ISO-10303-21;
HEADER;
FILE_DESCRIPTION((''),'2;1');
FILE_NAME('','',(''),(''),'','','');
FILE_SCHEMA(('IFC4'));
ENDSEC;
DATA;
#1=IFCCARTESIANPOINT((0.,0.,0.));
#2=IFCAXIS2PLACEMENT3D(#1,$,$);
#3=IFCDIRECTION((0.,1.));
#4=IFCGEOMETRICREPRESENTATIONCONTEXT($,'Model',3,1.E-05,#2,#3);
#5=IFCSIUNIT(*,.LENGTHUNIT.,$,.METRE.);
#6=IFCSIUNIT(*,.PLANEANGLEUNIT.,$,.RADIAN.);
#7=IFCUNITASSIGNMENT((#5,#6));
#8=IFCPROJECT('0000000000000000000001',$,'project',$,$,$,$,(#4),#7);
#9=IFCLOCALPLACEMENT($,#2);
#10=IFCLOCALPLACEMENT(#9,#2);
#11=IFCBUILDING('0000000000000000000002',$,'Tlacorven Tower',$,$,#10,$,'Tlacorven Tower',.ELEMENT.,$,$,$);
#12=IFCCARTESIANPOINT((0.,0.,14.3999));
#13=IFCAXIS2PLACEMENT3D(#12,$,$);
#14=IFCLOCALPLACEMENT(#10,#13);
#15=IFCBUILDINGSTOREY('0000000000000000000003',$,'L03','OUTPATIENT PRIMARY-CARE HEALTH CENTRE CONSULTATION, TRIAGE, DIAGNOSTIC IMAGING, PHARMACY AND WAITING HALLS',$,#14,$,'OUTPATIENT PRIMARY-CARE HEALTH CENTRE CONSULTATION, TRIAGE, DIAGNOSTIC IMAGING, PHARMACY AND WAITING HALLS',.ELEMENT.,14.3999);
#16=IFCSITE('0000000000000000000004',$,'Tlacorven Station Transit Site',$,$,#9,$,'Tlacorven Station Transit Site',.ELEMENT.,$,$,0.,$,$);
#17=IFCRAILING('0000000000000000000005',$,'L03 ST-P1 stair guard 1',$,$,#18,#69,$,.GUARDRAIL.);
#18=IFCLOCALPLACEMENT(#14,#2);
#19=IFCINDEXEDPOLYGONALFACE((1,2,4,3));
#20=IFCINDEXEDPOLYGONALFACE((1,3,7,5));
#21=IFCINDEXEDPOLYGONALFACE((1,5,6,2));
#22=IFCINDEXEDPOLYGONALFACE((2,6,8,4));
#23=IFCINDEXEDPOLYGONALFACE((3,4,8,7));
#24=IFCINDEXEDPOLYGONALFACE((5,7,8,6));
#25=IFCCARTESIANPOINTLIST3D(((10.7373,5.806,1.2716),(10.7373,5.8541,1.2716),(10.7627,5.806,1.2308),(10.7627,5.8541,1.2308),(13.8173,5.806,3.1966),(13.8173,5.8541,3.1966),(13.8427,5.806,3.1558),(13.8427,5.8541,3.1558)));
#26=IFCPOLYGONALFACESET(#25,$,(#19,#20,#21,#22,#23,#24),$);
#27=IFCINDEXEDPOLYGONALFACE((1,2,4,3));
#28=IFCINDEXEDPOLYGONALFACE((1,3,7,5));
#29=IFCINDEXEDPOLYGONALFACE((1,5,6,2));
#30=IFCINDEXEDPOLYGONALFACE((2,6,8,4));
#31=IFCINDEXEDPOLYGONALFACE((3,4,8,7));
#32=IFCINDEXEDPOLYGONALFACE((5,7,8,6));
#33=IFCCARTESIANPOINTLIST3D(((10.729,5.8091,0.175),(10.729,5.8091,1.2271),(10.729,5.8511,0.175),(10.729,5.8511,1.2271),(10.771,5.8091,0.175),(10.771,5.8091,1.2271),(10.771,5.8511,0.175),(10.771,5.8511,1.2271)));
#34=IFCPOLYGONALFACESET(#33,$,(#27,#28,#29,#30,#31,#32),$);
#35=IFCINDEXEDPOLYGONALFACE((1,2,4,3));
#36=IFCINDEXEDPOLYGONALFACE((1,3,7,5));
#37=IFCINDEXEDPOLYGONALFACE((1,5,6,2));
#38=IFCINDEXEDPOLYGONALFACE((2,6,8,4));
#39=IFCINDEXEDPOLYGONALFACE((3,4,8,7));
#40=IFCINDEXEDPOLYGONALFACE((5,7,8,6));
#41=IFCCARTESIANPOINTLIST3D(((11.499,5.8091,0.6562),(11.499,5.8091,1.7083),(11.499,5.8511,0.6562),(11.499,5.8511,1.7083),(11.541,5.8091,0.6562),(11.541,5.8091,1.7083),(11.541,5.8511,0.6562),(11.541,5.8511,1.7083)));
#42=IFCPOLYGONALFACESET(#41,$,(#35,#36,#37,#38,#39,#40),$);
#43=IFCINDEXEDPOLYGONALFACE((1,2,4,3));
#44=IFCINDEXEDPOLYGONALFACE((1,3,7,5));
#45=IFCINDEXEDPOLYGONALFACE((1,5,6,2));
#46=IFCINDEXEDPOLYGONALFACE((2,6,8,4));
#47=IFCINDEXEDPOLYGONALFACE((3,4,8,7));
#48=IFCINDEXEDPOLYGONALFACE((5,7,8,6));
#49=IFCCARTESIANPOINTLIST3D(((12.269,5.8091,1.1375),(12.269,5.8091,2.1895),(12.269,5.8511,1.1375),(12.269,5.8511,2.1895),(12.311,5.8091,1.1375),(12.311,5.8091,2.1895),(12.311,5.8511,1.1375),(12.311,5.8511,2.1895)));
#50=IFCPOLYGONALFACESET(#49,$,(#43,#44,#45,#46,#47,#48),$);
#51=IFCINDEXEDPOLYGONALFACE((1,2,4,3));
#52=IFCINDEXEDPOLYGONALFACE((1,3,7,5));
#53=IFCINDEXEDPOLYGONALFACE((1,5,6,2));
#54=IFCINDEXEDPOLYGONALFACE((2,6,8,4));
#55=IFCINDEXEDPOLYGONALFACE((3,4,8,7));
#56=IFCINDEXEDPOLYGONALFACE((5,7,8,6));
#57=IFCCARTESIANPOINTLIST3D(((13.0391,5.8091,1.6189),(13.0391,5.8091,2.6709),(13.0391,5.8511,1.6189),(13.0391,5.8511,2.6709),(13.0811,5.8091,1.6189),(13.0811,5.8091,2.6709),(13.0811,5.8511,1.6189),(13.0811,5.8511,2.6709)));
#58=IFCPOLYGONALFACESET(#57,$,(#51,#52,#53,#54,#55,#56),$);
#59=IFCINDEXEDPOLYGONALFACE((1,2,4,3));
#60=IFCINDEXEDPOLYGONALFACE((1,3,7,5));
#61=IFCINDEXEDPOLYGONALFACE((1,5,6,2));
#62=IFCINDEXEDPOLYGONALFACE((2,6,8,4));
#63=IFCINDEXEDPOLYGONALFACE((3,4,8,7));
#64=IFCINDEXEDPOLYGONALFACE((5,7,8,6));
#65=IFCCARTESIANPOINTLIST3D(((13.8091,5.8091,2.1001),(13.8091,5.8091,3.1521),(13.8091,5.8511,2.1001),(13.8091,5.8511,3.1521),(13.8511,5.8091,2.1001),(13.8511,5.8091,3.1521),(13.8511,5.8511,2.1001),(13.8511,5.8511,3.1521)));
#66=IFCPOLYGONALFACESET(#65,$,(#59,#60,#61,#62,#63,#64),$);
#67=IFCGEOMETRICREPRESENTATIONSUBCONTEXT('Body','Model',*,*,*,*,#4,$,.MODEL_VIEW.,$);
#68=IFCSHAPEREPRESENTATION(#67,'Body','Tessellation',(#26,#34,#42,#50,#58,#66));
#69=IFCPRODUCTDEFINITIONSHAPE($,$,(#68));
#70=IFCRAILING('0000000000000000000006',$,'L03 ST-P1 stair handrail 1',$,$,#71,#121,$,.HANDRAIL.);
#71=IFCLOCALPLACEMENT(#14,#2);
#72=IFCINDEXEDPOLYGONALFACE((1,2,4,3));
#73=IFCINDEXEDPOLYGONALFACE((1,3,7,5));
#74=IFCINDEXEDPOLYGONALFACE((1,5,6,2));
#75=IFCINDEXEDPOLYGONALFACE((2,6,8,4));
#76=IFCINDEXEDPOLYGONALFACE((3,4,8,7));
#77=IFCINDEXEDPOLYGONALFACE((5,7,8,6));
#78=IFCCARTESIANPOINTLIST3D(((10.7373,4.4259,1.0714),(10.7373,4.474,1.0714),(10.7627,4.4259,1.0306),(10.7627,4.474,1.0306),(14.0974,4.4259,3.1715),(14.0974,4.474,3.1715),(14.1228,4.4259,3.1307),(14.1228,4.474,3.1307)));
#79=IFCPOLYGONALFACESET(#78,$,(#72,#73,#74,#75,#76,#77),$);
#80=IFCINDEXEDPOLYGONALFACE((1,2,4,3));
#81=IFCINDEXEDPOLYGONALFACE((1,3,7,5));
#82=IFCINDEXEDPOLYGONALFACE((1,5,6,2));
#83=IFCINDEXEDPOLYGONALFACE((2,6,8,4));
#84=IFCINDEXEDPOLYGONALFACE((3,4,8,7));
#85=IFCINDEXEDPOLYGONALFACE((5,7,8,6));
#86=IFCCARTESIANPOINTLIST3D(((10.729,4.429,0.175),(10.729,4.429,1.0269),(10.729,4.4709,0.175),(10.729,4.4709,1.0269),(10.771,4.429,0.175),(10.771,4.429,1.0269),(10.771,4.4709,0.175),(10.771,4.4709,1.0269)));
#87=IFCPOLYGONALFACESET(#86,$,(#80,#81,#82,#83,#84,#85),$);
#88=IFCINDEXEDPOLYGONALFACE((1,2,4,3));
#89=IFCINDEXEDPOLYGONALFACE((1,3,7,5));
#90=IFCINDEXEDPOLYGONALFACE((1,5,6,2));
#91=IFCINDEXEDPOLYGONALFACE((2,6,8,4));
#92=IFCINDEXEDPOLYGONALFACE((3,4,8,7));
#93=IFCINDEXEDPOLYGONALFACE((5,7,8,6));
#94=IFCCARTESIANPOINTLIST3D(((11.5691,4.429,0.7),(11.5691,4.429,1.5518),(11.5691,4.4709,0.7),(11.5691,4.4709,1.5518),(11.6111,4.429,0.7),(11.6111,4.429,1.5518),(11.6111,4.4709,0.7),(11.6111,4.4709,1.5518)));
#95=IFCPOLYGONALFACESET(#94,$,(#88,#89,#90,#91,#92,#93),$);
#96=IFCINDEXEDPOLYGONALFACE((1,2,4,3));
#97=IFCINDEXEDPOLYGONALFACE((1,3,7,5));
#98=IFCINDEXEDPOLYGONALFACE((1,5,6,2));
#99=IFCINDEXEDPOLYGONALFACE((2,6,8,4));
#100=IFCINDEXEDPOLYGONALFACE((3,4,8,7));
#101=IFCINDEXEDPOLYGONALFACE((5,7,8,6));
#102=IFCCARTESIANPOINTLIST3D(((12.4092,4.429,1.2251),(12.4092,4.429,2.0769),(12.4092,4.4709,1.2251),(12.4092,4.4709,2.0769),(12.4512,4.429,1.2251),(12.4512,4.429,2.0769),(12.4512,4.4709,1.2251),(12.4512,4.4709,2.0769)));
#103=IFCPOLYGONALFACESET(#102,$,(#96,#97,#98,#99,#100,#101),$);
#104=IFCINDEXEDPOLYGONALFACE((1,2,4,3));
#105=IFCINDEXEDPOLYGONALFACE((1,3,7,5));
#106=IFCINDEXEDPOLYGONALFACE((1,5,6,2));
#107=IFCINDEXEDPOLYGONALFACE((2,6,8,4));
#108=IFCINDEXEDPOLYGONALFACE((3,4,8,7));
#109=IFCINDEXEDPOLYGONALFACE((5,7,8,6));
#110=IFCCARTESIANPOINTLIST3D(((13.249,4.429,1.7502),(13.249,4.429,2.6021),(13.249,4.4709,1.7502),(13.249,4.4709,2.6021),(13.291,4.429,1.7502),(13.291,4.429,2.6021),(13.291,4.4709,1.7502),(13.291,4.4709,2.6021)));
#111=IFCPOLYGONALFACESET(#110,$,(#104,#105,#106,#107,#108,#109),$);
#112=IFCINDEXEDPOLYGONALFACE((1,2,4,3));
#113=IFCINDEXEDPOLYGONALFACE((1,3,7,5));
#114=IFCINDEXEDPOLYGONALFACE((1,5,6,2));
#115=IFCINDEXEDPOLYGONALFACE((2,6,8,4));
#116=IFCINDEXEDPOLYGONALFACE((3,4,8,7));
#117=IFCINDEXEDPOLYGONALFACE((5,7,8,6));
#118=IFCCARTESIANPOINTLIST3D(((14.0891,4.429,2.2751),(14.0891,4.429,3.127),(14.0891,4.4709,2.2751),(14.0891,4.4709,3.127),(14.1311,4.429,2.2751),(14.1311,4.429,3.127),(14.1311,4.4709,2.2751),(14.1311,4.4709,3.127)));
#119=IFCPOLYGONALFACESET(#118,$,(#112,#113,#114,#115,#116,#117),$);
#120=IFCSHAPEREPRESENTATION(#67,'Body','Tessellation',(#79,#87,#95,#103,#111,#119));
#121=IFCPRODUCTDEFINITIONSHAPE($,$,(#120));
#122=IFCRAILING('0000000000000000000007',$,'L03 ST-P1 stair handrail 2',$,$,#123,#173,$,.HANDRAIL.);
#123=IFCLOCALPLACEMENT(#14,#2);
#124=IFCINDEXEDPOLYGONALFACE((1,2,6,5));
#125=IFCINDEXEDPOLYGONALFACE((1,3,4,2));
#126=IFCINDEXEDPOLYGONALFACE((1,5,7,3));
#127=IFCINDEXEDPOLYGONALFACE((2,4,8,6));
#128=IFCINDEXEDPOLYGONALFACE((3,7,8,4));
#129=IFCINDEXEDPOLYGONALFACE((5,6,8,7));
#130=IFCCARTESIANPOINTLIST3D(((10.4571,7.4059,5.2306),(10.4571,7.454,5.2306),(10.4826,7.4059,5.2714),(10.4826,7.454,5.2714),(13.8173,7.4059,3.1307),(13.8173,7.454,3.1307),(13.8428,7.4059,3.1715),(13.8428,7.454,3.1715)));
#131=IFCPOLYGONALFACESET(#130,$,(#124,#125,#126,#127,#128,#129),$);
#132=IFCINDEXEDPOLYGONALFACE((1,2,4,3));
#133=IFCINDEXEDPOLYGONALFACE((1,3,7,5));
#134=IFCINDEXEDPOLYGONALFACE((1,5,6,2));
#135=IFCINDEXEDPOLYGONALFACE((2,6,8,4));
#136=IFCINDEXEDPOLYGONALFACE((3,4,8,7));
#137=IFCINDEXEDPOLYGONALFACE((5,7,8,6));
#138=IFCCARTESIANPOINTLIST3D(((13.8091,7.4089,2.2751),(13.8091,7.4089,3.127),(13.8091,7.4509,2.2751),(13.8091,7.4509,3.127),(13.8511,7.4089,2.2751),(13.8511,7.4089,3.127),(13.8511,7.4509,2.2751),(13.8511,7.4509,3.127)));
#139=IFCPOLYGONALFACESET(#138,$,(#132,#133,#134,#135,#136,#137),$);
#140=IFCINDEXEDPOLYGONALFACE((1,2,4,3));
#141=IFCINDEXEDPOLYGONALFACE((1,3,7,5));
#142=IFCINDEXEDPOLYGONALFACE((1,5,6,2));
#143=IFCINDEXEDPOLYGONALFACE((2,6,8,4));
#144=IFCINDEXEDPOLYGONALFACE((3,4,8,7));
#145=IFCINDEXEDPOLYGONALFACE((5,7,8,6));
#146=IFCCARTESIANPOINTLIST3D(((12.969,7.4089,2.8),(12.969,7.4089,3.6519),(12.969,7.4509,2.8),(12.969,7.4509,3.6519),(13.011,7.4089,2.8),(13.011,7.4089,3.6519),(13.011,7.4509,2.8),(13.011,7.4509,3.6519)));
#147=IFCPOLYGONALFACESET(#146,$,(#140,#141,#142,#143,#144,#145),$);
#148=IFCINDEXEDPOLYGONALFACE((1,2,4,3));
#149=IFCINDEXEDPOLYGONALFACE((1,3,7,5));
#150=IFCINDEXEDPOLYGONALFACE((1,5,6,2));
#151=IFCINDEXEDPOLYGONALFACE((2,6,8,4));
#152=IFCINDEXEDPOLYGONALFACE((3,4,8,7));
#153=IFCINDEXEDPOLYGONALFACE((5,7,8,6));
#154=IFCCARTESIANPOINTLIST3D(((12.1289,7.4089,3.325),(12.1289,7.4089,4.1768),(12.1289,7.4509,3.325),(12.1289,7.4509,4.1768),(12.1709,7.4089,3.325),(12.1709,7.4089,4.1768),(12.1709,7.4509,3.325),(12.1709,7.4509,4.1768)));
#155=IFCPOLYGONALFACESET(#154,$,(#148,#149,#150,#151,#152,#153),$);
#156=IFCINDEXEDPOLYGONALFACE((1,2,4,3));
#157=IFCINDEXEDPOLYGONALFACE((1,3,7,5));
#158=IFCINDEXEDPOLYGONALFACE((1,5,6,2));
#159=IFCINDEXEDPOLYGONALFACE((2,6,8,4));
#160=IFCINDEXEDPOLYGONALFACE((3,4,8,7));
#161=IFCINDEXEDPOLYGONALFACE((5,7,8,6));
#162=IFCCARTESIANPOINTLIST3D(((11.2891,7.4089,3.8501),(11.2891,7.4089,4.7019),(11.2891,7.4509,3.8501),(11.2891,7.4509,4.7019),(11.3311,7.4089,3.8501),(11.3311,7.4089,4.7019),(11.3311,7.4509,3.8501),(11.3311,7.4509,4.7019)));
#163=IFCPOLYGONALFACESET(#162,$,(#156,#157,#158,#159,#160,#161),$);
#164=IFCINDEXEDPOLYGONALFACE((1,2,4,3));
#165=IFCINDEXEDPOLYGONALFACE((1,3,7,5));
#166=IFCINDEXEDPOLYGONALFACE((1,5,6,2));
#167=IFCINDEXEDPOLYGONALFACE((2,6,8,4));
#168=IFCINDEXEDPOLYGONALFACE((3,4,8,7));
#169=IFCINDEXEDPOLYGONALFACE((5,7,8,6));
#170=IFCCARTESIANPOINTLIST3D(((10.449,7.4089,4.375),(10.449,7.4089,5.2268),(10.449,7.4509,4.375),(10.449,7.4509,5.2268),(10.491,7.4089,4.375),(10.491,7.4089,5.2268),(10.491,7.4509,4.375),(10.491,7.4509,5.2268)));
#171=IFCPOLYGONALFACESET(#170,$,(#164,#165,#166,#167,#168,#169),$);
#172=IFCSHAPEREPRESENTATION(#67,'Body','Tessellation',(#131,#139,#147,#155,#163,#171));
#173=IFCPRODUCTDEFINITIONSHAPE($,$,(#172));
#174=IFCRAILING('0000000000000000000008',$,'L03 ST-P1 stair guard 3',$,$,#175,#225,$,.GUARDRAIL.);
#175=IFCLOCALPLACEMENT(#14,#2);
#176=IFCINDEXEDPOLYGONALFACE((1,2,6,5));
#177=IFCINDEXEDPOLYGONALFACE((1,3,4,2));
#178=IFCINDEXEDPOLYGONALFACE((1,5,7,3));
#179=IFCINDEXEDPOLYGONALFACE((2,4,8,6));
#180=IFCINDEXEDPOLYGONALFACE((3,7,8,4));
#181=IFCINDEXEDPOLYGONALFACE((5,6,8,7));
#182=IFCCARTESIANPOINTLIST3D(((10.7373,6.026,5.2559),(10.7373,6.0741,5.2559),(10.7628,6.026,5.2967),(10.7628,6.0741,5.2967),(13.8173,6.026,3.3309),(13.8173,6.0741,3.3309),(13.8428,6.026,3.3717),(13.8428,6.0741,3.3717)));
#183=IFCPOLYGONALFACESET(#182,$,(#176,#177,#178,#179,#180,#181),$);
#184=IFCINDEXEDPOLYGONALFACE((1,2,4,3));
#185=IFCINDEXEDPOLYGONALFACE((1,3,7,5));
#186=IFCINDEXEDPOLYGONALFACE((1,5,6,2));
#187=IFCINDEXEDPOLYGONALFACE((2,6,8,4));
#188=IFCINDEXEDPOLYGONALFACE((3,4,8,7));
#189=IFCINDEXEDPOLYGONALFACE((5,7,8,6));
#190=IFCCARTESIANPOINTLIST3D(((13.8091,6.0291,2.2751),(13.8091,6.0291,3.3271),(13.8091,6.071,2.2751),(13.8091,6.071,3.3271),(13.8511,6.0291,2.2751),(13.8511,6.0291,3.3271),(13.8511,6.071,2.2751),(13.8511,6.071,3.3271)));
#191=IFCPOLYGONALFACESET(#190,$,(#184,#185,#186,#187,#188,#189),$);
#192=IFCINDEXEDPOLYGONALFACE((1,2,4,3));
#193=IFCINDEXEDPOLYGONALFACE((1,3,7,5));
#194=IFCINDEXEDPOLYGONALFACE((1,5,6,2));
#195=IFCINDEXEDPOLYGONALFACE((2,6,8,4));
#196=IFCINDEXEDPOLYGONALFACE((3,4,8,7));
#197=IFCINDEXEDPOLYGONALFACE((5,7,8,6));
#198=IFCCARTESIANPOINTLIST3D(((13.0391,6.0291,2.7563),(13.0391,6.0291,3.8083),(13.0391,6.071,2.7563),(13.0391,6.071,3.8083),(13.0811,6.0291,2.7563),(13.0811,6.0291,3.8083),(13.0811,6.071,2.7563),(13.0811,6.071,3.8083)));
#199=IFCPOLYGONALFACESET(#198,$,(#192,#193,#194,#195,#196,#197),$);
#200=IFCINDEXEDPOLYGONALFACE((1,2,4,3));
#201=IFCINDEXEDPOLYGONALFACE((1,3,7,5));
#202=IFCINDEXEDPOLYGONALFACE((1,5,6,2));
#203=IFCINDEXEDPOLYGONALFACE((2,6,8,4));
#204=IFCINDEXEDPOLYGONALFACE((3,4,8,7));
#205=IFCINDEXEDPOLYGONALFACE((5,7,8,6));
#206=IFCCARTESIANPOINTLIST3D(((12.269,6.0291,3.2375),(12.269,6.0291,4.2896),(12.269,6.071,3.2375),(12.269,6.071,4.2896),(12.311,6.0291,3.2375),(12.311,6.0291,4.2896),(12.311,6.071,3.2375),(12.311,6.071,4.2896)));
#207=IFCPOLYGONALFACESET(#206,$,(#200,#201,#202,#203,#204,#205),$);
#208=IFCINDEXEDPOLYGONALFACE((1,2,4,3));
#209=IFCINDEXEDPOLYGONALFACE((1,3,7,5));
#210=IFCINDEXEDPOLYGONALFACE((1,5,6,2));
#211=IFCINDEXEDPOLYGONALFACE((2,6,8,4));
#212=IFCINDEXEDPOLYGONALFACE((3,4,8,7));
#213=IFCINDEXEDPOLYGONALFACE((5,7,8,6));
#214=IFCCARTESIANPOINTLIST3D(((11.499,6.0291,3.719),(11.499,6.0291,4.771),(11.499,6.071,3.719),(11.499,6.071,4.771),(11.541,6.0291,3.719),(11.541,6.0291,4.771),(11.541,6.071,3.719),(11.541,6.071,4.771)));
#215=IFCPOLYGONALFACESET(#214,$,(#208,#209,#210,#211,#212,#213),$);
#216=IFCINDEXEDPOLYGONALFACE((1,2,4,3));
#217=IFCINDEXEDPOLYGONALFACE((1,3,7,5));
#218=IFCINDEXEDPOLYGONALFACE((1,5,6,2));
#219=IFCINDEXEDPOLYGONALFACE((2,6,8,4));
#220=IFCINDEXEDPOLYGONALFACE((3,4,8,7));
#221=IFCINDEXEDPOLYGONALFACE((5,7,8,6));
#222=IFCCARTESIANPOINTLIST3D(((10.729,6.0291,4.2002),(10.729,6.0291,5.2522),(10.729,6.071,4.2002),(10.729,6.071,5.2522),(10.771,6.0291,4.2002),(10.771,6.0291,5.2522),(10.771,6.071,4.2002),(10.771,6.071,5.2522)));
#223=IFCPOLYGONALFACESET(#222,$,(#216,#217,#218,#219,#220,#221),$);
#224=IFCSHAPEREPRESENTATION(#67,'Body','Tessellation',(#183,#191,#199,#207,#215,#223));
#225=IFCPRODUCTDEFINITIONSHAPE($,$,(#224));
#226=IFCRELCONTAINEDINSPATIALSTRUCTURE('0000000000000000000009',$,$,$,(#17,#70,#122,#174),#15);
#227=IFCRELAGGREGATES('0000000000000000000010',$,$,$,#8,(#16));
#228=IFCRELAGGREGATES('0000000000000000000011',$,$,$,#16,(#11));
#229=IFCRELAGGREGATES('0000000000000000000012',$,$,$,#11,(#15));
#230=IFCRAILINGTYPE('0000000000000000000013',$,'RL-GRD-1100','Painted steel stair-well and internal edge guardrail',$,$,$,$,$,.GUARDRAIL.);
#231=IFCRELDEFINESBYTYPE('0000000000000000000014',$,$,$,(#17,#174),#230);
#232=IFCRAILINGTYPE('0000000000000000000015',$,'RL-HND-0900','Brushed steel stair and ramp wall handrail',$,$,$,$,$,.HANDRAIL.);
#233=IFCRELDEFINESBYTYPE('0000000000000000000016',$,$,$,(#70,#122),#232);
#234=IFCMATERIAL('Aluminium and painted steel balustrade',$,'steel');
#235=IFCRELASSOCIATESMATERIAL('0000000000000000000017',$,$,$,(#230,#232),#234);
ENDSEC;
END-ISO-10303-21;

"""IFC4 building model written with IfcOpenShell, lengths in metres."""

from ifc_helpers import new_model, si_unit, direction, frame, origin, origin_2d, place, context, subcontext, project, spatial, rectangle, extrude, source, transform, mapped, material, type_object, element, save


model = new_model("IFC4")

# Units and contexts
model_context = context("Model", 3, precision=1e-05, world=origin(), true_north=direction((0.0, 1.0)))
body_context = subcontext(model_context, "Body", "Model", "MODEL_VIEW")
ifc_project = project(units=[si_unit("LENGTHUNIT", "METRE"), si_unit("PLANEANGLEUNIT", "RADIAN")], contexts=[model_context])

# Site, building, storey
site_placement = place(None, origin())
site = spatial("IfcSite", under=ifc_project, at=site_placement, Name="Tlacorven Station Transit Site", LongName="Tlacorven Station Transit Site", CompositionType="ELEMENT", RefElevation=0.0)
building_placement = place(site_placement, origin())
building = spatial("IfcBuilding", under=site, at=building_placement, Name="Tlacorven Tower", LongName="Tlacorven Tower", CompositionType="ELEMENT")
storey_placement = place(building_placement, frame((0.0, 0.0, 14.3999)))
storey = spatial("IfcBuildingStorey", under=building, at=storey_placement, Name="L03", Description="OUTPATIENT PRIMARY-CARE HEALTH CENTRE CONSULTATION, TRIAGE, DIAGNOSTIC IMAGING, PHARMACY AND WAITING HALLS", LongName="OUTPATIENT PRIMARY-CARE HEALTH CENTRE CONSULTATION, TRIAGE, DIAGNOSTIC IMAGING, PHARMACY AND WAITING HALLS", CompositionType="ELEMENT", Elevation=14.3999)

# Railings
ifc_material_1 = material(Name="Aluminium and painted steel balustrade", Category="steel")
railing_type_1 = type_object("IfcRailingType", Name="RL-GRD-1100", Description="Painted steel stair-well and internal edge guardrail", PredefinedType="GUARDRAIL", material=ifc_material_1)
railing_type_2 = type_object("IfcRailingType", Name="RL-HND-0900", Description="Brushed steel stair and ramp wall handrail", PredefinedType="HANDRAIL", material=ifc_material_1)
shared_shape_1 = source(origin(), body_context, "Body", "SweptSolid", [
    extrude(rectangle(XDim=0.0481, YDim=0.0481, at=origin_2d()), frame((0.0, 0.0, 1.0762), z_axis=(0.847998, 0.0, 0.529999), x_axis=(0.0, 1.0, 0.0)), (0.0, 0.0, 1.0), 3.6321),
    extrude(rectangle(XDim=0.042, YDim=0.042, at=origin_2d()), origin(), (0.0, 0.0, 1.0), 1.052),
    extrude(rectangle(XDim=0.042, YDim=0.042, at=origin_2d()), frame((0.77, 0.0, 0.4812)), (0.0, 0.0, 1.0), 1.052),
    extrude(rectangle(XDim=0.042, YDim=0.042, at=origin_2d()), frame((1.54, 0.0, 0.9624)), (0.0, 0.0, 1.0), 1.052),
    extrude(rectangle(XDim=0.042, YDim=0.042, at=origin_2d()), frame((2.3101, 0.0, 1.4438)), (0.0, 0.0, 1.0), 1.052),
    extrude(rectangle(XDim=0.042, YDim=0.042, at=origin_2d()), frame((3.0801, 0.0, 1.925)), (0.0, 0.0, 1.0), 1.052),
])
railing_1_placement = place(storey_placement, frame((10.75, 5.8301, 0.175)))
element("IfcRailing", 1, at=railing_1_placement, inside=storey, type_object=railing_type_1, Name="L03 ST-P1 stair guard 1", PredefinedType="GUARDRAIL", context=body_context, shape_type="MappedRepresentation", body=[
    mapped(shared_shape_1, transform((0.0, 0.0, 0.0), scale=1.0)),
])
shared_shape_2 = source(origin(), body_context, "Body", "SweptSolid", [
    extrude(rectangle(XDim=0.0481, YDim=0.0481, at=origin_2d()), frame((0.0, 0.0, 0.876), z_axis=(0.847995, 0.0, 0.530004), x_axis=(0.0, 1.0, 0.0)), (0.0, 0.0, 1.0), 3.9624),
    extrude(rectangle(XDim=0.042, YDim=0.042, at=origin_2d()), origin(), (0.0, 0.0, 1.0), 0.8518),
    extrude(rectangle(XDim=0.042, YDim=0.042, at=origin_2d()), frame((0.8401, 0.0, 0.5249)), (0.0, 0.0, 1.0), 0.8518),
    extrude(rectangle(XDim=0.042, YDim=0.042, at=origin_2d()), frame((1.6802, 0.0, 1.05)), (0.0, 0.0, 1.0), 0.8518),
    extrude(rectangle(XDim=0.042, YDim=0.042, at=origin_2d()), frame((2.52, 0.0, 1.5752)), (0.0, 0.0, 1.0), 0.8518),
    extrude(rectangle(XDim=0.042, YDim=0.042, at=origin_2d()), frame((3.3601, 0.0, 2.1001)), (0.0, 0.0, 1.0), 0.8518),
])
railing_2_placement = place(storey_placement, frame((10.75, 4.45, 0.175)))
element("IfcRailing", 2, at=railing_2_placement, inside=storey, type_object=railing_type_2, Name="L03 ST-P1 stair handrail 1", PredefinedType="HANDRAIL", context=body_context, shape_type="MappedRepresentation", body=[
    mapped(shared_shape_2, transform((0.0, 0.0, 0.0), scale=1.0)),
])
shared_shape_3 = source(origin(), body_context, "Body", "SweptSolid", [
    extrude(rectangle(XDim=0.0481, YDim=0.0481, at=origin_2d()), frame((0.0, 0.0, 0.876), z_axis=(-0.848023, 0.0, 0.52996), x_axis=(0.0, -1.0, 0.0)), (0.0, 0.0, 1.0), 3.9624),
    extrude(rectangle(XDim=0.042, YDim=0.042, at=origin_2d()), origin(), (0.0, 0.0, 1.0), 0.8518),
    extrude(rectangle(XDim=0.042, YDim=0.042, at=origin_2d()), frame((-0.8401, 0.0, 0.5249)), (0.0, 0.0, 1.0), 0.8518),
    extrude(rectangle(XDim=0.042, YDim=0.042, at=origin_2d()), frame((-1.6802, 0.0, 1.0498)), (0.0, 0.0, 1.0), 0.8518),
    extrude(rectangle(XDim=0.042, YDim=0.042, at=origin_2d()), frame((-2.52, 0.0, 1.575)), (0.0, 0.0, 1.0), 0.8518),
    extrude(rectangle(XDim=0.042, YDim=0.042, at=origin_2d()), frame((-3.3601, 0.0, 2.0999)), (0.0, 0.0, 1.0), 0.8518),
])
railing_3_placement = place(storey_placement, frame((13.8301, 7.4299, 2.2751)))
element("IfcRailing", 3, at=railing_3_placement, inside=storey, type_object=railing_type_2, Name="L03 ST-P1 stair handrail 2", PredefinedType="HANDRAIL", context=body_context, shape_type="MappedRepresentation", body=[
    mapped(shared_shape_3, transform((0.0, 0.0, 0.0), scale=1.0)),
])
shared_shape_4 = source(origin(), body_context, "Body", "SweptSolid", [
    extrude(rectangle(XDim=0.0481, YDim=0.0481, at=origin_2d()), frame((0.0, 0.0, 1.0762), z_axis=(-0.847998, 0.0, 0.529999), x_axis=(0.0, -1.0, 0.0)), (0.0, 0.0, 1.0), 3.6321),
    extrude(rectangle(XDim=0.042, YDim=0.042, at=origin_2d()), origin(), (0.0, 0.0, 1.0), 1.052),
    extrude(rectangle(XDim=0.042, YDim=0.042, at=origin_2d()), frame((-0.77, 0.0, 0.4812)), (0.0, 0.0, 1.0), 1.052),
    extrude(rectangle(XDim=0.042, YDim=0.042, at=origin_2d()), frame((-1.54, 0.0, 0.9624)), (0.0, 0.0, 1.0), 1.052),
    extrude(rectangle(XDim=0.042, YDim=0.042, at=origin_2d()), frame((-2.3101, 0.0, 1.4438)), (0.0, 0.0, 1.0), 1.052),
    extrude(rectangle(XDim=0.042, YDim=0.042, at=origin_2d()), frame((-3.0801, 0.0, 1.925)), (0.0, 0.0, 1.0), 1.052),
])
railing_4_placement = place(storey_placement, frame((13.8301, 6.05, 2.2751)))
element("IfcRailing", 4, at=railing_4_placement, inside=storey, type_object=railing_type_1, Name="L03 ST-P1 stair guard 3", PredefinedType="GUARDRAIL", context=body_context, shape_type="MappedRepresentation", body=[
    mapped(shared_shape_4, transform((0.0, 0.0, 0.0), scale=1.0)),
])

save(model, "model.ifc")
